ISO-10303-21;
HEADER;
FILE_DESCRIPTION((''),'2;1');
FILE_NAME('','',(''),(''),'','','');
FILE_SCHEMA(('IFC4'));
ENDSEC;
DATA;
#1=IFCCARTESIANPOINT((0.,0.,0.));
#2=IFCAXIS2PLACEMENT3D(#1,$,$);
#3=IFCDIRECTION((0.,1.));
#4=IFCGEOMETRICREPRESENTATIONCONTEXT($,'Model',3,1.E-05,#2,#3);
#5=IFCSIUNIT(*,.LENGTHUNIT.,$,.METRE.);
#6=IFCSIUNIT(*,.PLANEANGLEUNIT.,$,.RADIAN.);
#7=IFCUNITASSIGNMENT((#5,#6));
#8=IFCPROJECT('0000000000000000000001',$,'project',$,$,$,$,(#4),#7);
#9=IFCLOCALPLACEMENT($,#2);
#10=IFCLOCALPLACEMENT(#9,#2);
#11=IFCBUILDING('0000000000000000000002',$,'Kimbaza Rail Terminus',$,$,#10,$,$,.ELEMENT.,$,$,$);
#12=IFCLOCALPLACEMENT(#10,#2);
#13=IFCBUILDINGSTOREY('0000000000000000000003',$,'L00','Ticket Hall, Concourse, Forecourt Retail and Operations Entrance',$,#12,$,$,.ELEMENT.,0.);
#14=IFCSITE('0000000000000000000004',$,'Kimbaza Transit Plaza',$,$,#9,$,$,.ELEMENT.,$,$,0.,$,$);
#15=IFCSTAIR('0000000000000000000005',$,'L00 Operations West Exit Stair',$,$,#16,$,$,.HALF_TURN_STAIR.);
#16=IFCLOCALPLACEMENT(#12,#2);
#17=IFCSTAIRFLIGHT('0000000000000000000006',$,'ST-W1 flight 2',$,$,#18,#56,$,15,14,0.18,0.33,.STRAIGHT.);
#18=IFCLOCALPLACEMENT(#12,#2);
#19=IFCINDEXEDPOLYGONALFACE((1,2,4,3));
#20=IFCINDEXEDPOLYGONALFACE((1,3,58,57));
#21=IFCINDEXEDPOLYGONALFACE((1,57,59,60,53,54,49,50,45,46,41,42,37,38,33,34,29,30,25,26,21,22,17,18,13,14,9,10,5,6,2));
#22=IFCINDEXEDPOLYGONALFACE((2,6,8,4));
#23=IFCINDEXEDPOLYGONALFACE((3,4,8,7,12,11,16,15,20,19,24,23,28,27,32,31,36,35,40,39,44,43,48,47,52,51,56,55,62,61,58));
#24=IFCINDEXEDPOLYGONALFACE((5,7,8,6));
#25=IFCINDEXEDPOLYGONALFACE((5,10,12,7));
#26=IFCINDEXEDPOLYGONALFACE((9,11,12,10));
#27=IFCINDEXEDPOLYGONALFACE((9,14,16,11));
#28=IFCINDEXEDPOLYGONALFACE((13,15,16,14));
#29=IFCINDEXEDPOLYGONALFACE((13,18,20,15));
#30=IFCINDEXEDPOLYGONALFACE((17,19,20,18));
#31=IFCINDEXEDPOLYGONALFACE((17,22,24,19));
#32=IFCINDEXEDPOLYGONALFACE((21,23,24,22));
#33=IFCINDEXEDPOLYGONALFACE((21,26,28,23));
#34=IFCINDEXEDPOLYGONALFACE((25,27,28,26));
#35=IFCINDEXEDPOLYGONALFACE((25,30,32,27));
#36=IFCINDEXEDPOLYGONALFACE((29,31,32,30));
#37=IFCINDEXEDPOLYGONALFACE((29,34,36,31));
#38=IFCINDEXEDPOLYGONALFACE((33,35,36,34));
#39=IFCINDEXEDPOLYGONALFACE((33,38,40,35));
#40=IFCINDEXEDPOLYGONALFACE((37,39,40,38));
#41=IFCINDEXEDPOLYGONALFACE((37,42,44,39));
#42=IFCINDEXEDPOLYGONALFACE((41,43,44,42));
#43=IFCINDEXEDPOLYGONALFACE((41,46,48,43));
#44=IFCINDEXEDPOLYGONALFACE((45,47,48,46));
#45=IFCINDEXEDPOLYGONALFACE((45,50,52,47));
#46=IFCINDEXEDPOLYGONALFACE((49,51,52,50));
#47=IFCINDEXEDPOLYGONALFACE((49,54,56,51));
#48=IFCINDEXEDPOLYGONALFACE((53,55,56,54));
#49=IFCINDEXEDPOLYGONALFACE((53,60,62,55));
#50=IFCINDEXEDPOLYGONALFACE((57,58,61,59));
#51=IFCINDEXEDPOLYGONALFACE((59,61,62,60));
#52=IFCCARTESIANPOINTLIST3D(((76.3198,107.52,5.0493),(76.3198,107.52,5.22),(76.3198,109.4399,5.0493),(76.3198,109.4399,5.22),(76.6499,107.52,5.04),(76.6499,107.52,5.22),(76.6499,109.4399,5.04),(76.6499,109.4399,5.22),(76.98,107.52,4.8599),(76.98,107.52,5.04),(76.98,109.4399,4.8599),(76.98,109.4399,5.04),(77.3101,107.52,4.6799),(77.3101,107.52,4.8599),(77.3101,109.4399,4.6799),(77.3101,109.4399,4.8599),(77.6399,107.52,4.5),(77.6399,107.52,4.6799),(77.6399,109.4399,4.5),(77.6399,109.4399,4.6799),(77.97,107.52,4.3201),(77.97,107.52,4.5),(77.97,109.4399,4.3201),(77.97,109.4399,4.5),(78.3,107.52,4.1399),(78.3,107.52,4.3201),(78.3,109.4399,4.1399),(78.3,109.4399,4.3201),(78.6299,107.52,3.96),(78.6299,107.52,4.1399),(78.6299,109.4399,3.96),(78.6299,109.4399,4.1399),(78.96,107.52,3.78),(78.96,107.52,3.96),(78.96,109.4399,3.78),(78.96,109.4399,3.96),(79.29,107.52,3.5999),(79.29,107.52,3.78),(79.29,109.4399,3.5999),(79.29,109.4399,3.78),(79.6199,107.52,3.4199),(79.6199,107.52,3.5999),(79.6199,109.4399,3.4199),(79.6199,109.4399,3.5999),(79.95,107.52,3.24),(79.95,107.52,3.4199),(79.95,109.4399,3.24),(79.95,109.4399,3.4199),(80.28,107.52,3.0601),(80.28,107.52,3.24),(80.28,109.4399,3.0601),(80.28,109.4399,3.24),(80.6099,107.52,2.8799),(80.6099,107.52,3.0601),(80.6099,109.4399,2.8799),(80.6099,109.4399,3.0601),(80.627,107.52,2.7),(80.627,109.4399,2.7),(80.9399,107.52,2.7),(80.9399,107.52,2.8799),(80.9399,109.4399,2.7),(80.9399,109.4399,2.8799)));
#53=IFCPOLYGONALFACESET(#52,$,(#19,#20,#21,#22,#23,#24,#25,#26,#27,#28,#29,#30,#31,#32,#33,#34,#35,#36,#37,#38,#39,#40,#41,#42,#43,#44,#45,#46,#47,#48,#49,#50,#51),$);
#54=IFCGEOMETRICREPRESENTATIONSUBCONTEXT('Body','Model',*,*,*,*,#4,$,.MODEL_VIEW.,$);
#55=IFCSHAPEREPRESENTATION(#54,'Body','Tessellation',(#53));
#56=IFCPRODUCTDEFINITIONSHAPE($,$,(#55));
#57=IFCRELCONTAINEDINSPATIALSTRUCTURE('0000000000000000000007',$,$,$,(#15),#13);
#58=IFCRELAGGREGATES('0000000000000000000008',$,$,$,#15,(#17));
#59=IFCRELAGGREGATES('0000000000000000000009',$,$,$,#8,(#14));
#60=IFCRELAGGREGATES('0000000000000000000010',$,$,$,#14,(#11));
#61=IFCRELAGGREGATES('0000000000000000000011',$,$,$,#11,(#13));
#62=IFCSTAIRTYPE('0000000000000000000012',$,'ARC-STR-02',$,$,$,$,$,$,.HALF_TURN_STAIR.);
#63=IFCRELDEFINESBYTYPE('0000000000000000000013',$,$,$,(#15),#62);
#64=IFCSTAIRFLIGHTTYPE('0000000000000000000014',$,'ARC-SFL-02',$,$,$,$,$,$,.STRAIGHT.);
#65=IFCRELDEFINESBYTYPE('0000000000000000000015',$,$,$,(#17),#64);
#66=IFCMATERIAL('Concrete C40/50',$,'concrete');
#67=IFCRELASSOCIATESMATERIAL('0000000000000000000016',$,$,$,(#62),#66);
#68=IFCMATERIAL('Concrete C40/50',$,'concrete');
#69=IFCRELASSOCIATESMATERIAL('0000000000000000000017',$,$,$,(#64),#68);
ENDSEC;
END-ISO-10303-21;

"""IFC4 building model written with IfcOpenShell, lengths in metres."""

from ifc_helpers import new_model, si_unit, direction, frame, origin, place, context, subcontext, project, spatial, polyline, outline, extrude, material, type_object, element, aggregate, save


model = new_model("IFC4")

# Units and contexts
model_context = context("Model", 3, precision=1e-05, world=origin(), true_north=direction((0.0, 1.0)))
body_context = subcontext(model_context, "Body", "Model", "MODEL_VIEW")
ifc_project = project(units=[si_unit("LENGTHUNIT", "METRE"), si_unit("PLANEANGLEUNIT", "RADIAN")], contexts=[model_context])

# Site, building, storey
site_placement = place(None, origin())
site = spatial("IfcSite", under=ifc_project, at=site_placement, Name="Kimbaza Transit Plaza", CompositionType="ELEMENT", RefElevation=0.0)
building_placement = place(site_placement, origin())
building = spatial("IfcBuilding", under=site, at=building_placement, Name="Kimbaza Rail Terminus", CompositionType="ELEMENT")
storey_placement = place(building_placement, origin())
storey = spatial("IfcBuildingStorey", under=building, at=storey_placement, Name="L00", Description="Ticket Hall, Concourse, Forecourt Retail and Operations Entrance", CompositionType="ELEMENT", Elevation=0.0)

# Stair, stair flight
ifc_material_1 = material(Name="Concrete C40/50", Category="concrete")
stair_type = type_object("IfcStairType", Name="ARC-STR-02", PredefinedType="HALF_TURN_STAIR", material=ifc_material_1)
stair_placement = place(storey_placement, origin())
stair = element("IfcStair", 1, at=stair_placement, inside=storey, type_object=stair_type, Name="L00 Operations West Exit Stair", PredefinedType="HALF_TURN_STAIR")
ifc_material_2 = material(Name="Concrete C40/50", Category="concrete")
stair_flight_type = type_object("IfcStairFlightType", Name="ARC-SFL-02", PredefinedType="STRAIGHT", material=ifc_material_2)
stair_flight_placement = place(storey_placement, frame((80.9399, 108.48, 2.7), z_axis=(0.0, 0.0, 1.0), x_axis=(-1.0, 0.0, 0.0)))
stair_flight = element("IfcStairFlight", 2, at=stair_flight_placement, type_object=stair_flight_type, Name="ST-W1 flight 2", NumberOfRisers=15, NumberOfTreads=14, PredefinedType="STRAIGHT", RiserHeight=0.18, TreadLength=0.33, context=body_context, shape_type="SweptSolid", body=[
    extrude(outline(polyline([(0.0, 0.0), (0.0, 0.1799), (0.3301, 0.1799), (0.3301, 0.3601), (0.6599, 0.3601), (0.6599, 0.54), (0.99, 0.54), (0.99, 0.72), (1.3201, 0.72), (1.3201, 0.8999), (1.6499, 0.8999), (1.6499, 1.0801), (1.98, 1.0801), (1.98, 1.26), (2.3101, 1.26), (2.3101, 1.4399), (2.6399, 1.4399), (2.6399, 1.6201), (2.97, 1.6201), (2.97, 1.8), (3.3, 1.8), (3.3, 1.98), (3.6299, 1.98), (3.6299, 2.1599), (3.96, 2.1599), (3.96, 2.3401), (4.29, 2.3401), (4.29, 2.52), (4.6201, 2.52), (4.6201, 2.7), (4.6201, 2.3494), (0.313, 0.0), (0.0, 0.0)])), frame((0.0, 0.96, 0.0), z_axis=(0.0, -1.0, 0.0), x_axis=(1.0, 0.0, 0.0)), (0.0, 0.0, 1.0), 1.9199),
])
aggregate(stair, [stair_flight])

save(model, "model.ifc")
